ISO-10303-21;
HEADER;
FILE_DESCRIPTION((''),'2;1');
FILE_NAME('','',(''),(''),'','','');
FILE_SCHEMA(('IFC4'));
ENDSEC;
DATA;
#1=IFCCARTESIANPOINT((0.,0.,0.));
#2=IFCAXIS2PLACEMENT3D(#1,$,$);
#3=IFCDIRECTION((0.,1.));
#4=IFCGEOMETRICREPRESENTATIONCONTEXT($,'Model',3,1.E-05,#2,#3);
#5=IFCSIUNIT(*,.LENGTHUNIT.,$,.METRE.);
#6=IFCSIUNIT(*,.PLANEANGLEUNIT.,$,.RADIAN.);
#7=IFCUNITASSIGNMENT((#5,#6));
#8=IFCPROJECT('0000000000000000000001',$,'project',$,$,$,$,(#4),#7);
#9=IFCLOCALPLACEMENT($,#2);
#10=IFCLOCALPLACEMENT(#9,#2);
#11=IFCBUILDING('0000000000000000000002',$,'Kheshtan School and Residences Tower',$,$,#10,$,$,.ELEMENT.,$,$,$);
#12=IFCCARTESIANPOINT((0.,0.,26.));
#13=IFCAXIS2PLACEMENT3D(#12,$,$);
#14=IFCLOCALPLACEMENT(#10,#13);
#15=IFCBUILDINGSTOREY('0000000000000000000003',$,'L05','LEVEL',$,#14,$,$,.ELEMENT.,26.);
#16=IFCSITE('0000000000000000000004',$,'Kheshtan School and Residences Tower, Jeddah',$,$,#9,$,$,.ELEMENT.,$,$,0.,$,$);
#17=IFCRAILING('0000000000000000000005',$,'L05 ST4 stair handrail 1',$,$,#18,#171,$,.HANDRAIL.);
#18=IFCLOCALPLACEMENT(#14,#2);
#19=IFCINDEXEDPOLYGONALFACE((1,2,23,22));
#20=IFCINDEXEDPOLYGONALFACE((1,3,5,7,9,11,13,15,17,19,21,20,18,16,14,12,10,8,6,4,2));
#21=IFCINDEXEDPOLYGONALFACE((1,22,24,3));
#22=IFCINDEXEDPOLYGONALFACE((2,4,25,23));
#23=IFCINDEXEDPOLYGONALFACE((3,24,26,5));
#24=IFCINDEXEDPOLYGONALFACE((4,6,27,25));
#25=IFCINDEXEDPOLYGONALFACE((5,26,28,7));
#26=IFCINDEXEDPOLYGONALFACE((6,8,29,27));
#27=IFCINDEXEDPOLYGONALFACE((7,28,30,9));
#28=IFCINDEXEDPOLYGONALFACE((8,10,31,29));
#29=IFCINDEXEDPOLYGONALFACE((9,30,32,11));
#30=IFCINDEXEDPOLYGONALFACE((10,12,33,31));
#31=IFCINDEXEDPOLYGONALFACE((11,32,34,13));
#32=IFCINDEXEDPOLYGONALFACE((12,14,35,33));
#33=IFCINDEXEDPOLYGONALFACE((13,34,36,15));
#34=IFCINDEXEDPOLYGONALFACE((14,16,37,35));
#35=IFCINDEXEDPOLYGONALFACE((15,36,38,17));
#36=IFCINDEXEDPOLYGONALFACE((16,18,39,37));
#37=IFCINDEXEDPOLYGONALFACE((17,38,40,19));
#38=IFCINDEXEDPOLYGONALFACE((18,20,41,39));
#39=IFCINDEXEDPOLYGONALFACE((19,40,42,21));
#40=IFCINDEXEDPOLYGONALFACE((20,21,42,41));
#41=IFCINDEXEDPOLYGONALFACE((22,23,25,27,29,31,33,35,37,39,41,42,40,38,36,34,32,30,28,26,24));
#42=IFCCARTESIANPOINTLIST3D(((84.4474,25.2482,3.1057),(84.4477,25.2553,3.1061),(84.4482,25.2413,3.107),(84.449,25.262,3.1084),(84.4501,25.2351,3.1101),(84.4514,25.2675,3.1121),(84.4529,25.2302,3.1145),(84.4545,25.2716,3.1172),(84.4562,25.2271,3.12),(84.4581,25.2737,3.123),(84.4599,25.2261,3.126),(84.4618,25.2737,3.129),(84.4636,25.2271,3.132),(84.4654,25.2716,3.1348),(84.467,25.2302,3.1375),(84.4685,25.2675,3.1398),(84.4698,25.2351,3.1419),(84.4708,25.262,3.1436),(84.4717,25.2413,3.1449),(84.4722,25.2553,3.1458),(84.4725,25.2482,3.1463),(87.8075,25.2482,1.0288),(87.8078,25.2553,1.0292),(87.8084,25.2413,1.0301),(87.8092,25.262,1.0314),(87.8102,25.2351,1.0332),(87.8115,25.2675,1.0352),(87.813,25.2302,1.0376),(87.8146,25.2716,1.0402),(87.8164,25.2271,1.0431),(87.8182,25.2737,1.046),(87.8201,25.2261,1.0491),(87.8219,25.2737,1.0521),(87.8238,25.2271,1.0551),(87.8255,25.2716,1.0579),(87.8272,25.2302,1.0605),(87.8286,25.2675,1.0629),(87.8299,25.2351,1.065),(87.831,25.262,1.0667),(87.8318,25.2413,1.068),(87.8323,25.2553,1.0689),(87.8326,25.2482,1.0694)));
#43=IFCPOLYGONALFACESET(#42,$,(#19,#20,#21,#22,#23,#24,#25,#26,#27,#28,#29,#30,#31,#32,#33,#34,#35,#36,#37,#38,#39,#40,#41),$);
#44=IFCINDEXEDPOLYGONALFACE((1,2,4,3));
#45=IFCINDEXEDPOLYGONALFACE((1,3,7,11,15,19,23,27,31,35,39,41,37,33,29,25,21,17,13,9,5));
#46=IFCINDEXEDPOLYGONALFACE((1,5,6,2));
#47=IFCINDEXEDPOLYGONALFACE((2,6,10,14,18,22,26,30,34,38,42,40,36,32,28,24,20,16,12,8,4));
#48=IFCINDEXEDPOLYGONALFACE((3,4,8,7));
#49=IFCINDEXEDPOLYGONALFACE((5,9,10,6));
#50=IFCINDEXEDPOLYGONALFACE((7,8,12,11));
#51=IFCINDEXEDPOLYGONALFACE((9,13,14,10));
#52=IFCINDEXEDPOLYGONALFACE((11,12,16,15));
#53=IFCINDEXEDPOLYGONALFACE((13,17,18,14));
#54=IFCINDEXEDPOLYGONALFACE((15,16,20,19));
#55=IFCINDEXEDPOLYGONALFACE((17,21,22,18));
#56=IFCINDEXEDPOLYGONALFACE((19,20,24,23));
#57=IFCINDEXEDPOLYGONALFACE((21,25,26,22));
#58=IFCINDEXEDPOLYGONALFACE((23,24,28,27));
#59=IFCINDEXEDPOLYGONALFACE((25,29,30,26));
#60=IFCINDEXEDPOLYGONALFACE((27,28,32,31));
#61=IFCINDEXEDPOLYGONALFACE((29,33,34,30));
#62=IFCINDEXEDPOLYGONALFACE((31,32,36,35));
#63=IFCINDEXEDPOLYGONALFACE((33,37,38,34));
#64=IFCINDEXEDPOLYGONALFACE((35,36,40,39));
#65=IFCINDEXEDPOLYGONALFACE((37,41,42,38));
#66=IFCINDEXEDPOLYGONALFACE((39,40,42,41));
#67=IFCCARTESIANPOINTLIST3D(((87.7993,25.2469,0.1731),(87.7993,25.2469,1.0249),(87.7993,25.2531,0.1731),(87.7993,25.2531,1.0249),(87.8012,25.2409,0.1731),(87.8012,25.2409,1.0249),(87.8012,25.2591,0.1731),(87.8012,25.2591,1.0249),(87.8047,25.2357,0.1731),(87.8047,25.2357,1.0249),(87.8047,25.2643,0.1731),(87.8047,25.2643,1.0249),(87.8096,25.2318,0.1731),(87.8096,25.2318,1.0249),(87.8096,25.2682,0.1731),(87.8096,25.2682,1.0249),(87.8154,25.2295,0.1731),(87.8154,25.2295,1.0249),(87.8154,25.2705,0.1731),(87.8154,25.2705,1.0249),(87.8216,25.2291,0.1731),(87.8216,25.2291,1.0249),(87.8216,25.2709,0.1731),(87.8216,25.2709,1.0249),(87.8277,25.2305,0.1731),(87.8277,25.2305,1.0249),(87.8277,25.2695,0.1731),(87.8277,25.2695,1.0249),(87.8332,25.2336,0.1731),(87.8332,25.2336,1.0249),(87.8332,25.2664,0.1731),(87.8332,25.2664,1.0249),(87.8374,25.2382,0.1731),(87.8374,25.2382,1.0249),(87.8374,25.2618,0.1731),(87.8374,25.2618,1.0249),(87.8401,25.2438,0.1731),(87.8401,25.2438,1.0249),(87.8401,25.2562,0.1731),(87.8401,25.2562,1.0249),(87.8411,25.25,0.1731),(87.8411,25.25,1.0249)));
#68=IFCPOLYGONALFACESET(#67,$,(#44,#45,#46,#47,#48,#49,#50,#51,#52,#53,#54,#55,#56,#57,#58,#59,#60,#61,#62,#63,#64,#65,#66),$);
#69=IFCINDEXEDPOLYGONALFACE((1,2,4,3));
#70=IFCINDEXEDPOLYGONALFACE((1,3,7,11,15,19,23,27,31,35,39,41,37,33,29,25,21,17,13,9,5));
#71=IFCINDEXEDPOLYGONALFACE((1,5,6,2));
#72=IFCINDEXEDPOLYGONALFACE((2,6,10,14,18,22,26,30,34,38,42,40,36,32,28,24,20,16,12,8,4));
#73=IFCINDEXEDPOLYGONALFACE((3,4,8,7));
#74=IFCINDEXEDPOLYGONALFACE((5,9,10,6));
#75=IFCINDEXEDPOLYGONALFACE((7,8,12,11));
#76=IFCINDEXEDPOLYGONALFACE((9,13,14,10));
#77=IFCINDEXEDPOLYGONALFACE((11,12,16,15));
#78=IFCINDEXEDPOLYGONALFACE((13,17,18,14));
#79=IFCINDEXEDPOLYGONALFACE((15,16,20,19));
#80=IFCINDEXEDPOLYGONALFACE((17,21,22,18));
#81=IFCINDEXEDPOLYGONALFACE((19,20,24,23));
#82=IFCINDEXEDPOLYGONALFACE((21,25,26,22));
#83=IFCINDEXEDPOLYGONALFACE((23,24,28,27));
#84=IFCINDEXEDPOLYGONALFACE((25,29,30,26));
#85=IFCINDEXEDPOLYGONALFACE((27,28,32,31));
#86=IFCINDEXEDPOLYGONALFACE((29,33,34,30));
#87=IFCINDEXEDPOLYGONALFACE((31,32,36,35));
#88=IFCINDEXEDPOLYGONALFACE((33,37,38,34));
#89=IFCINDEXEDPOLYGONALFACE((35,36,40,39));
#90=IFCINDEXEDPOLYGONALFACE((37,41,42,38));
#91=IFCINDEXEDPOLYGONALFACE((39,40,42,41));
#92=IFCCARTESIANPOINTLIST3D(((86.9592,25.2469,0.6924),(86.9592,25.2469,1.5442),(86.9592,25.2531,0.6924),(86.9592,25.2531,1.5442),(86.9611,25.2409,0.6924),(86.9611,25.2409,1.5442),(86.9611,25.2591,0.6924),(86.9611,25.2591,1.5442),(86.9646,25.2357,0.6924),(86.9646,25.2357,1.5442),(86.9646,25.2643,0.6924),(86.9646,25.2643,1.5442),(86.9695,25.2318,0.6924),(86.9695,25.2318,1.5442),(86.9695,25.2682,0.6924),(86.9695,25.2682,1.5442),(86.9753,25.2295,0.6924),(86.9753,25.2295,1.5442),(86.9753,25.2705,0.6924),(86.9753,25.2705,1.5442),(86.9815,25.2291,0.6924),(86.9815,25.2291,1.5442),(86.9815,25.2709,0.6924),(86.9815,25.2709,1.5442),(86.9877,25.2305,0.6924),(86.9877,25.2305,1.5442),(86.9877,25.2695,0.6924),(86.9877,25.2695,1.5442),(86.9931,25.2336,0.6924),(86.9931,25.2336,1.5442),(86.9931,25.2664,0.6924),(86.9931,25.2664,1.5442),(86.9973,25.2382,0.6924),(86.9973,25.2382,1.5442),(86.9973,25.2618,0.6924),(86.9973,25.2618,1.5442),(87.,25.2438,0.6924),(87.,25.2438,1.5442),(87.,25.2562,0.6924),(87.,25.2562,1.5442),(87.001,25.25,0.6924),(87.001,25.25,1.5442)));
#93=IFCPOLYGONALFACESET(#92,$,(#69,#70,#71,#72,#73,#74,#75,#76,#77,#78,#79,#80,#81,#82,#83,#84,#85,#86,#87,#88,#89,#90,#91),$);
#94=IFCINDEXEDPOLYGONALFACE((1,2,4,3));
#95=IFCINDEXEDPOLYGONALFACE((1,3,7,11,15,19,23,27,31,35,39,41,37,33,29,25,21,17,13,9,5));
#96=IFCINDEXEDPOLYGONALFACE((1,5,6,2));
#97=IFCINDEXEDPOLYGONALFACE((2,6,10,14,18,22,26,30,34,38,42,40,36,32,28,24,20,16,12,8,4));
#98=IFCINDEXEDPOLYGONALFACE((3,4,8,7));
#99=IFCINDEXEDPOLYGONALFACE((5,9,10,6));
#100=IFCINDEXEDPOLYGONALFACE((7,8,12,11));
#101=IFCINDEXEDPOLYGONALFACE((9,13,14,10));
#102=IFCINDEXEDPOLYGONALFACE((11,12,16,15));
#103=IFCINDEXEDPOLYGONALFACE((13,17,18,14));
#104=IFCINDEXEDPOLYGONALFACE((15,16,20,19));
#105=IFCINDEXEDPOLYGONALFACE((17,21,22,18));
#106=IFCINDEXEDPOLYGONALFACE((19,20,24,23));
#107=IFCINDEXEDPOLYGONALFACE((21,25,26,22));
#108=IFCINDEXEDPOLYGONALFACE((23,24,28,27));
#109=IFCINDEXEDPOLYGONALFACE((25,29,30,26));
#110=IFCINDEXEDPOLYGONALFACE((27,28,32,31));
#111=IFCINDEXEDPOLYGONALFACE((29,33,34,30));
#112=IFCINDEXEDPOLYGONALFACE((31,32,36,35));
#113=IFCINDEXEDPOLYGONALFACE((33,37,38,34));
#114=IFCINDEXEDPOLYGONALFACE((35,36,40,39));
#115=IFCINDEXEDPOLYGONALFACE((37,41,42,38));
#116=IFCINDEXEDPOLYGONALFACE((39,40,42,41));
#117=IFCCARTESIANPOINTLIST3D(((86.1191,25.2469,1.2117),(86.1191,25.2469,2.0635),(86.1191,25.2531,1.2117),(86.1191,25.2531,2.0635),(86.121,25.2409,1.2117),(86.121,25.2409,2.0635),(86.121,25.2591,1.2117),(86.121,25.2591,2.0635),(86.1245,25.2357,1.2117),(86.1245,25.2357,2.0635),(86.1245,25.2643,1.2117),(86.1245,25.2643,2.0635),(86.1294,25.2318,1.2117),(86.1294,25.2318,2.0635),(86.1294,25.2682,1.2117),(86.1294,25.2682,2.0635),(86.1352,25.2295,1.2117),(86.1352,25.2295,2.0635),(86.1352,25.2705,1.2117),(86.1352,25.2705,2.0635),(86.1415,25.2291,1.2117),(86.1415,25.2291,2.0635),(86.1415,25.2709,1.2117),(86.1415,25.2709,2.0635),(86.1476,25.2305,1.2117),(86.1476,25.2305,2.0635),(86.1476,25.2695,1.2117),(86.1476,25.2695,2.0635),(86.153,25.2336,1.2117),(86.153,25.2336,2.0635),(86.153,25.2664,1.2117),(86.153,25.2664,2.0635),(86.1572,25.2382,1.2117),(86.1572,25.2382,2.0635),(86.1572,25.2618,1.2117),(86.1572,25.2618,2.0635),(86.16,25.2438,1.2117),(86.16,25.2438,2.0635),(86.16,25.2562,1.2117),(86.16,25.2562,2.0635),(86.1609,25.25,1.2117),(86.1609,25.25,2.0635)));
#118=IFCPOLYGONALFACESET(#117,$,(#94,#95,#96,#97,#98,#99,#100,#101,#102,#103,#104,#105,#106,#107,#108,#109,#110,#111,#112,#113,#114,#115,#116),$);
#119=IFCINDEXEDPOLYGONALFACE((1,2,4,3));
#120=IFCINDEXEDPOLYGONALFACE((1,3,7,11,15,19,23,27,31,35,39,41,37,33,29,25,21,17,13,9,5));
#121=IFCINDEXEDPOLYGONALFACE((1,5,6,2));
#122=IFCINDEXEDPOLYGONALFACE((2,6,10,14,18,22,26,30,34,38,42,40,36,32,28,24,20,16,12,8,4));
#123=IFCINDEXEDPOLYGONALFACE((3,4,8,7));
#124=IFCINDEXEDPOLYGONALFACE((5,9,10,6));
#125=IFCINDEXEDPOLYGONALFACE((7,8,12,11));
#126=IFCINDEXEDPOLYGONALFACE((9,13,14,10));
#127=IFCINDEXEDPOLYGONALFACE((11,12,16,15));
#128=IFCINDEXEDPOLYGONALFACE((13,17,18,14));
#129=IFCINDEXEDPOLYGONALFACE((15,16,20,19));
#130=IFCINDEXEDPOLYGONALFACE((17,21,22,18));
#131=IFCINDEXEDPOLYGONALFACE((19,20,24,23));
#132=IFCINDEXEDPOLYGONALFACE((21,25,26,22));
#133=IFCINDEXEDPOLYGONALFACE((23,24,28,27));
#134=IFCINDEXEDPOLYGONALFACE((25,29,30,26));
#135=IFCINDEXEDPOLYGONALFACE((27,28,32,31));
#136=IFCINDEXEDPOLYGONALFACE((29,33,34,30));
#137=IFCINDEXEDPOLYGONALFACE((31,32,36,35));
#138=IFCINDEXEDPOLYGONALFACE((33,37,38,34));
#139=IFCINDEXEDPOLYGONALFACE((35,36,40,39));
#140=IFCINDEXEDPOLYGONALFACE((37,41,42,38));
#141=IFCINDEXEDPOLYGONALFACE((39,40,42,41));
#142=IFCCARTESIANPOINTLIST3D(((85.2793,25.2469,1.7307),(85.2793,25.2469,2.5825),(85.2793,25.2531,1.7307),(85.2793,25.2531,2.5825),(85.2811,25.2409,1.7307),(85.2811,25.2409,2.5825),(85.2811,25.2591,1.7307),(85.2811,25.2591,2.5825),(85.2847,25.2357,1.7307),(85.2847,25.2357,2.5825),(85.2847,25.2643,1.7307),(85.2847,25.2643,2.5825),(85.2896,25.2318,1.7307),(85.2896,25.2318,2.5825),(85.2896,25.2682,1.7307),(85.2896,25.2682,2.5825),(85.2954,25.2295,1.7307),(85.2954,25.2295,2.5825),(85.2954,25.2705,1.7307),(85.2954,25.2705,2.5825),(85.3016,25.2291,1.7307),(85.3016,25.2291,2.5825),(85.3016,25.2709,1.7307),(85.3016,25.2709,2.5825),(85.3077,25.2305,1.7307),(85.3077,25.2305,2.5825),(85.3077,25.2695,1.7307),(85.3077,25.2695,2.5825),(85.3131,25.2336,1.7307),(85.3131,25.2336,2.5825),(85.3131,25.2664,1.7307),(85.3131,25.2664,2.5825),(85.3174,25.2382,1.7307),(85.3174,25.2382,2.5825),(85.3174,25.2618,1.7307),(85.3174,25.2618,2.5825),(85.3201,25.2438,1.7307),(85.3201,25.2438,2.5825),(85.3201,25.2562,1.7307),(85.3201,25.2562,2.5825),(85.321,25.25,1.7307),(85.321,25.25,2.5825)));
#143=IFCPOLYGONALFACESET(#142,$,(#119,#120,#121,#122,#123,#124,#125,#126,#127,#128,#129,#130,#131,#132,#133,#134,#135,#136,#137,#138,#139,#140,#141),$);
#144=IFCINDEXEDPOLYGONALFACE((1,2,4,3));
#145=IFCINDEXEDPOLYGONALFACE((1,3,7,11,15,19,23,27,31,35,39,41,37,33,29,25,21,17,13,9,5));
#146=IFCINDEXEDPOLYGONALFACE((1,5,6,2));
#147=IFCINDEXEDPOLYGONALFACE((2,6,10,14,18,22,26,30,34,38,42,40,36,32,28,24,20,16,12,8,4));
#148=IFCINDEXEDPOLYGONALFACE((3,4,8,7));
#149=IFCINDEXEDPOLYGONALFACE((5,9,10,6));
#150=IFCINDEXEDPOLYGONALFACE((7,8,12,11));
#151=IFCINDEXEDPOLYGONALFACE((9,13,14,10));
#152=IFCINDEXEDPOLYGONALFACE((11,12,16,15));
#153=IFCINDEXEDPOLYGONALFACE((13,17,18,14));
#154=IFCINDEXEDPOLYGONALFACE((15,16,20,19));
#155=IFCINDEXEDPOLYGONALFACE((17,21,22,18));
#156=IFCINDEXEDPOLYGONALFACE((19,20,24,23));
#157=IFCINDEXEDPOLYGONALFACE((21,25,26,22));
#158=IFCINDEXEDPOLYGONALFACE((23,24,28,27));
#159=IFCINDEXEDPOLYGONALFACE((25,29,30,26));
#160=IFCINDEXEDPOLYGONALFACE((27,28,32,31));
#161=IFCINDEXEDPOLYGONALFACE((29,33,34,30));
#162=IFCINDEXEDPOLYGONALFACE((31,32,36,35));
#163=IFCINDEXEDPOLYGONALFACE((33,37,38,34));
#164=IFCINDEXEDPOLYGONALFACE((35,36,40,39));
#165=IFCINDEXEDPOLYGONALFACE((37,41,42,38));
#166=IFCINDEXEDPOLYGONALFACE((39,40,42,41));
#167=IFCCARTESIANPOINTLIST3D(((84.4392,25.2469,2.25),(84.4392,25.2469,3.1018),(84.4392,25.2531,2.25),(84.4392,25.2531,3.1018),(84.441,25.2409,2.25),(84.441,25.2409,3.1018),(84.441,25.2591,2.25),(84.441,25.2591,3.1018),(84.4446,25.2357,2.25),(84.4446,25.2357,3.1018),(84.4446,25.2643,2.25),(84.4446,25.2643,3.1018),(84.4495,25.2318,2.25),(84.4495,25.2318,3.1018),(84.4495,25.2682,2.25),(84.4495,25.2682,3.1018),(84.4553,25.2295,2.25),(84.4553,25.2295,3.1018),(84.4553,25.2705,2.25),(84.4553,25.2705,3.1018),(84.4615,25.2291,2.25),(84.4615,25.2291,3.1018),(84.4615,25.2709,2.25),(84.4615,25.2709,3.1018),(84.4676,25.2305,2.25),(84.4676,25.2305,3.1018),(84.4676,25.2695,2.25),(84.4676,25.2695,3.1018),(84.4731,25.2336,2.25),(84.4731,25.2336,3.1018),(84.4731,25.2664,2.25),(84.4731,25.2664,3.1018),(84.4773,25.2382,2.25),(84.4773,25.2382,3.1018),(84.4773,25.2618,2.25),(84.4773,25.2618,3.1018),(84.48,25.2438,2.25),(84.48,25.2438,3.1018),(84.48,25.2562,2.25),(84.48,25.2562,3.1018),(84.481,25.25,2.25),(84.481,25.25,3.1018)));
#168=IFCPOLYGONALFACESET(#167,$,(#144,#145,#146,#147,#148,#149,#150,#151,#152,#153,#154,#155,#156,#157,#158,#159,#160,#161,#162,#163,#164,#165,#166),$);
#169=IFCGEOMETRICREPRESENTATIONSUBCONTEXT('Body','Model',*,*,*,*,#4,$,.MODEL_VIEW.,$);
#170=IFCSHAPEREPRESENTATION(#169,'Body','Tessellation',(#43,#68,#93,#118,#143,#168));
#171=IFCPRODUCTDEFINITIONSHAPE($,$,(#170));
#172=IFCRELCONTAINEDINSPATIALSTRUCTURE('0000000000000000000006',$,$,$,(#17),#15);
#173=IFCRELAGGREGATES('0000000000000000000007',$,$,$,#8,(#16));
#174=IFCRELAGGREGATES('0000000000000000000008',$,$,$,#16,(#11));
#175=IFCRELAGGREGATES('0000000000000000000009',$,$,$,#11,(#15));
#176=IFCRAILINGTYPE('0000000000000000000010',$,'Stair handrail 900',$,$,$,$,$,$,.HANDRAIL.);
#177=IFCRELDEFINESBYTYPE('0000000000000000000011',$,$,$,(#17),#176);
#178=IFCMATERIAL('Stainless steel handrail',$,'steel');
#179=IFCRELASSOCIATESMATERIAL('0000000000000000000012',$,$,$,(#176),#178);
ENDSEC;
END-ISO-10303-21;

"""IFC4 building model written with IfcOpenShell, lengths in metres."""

from ifc_helpers import new_model, si_unit, direction, frame, origin, origin_2d, place, context, subcontext, project, spatial, circle, extrude, material, type_object, element, save


model = new_model("IFC4")

# Units and contexts
model_context = context("Model", 3, precision=1e-05, world=origin(), true_north=direction((0.0, 1.0)))
body_context = subcontext(model_context, "Body", "Model", "MODEL_VIEW")
ifc_project = project(units=[si_unit("LENGTHUNIT", "METRE"), si_unit("PLANEANGLEUNIT", "RADIAN")], contexts=[model_context])

# Site, building, storey
site_placement = place(None, origin())
site = spatial("IfcSite", under=ifc_project, at=site_placement, Name="Kheshtan School and Residences Tower, Jeddah", CompositionType="ELEMENT", RefElevation=0.0)
building_placement = place(site_placement, origin())
building = spatial("IfcBuilding", under=site, at=building_placement, Name="Kheshtan School and Residences Tower", CompositionType="ELEMENT")
storey_placement = place(building_placement, frame((0.0, 0.0, 26.0)))
storey = spatial("IfcBuildingStorey", under=building, at=storey_placement, Name="L05", Description="LEVEL", CompositionType="ELEMENT", Elevation=26.0)

# Railing
ifc_material_1 = material(Name="Stainless steel handrail", Category="steel")
railing_type_1 = type_object("IfcRailingType", Name="Stair handrail 900", PredefinedType="HANDRAIL", material=ifc_material_1)
railing_1_placement = place(storey_placement, frame((87.8201, 25.25, 0.1731)))
element("IfcRailing", 1, at=railing_1_placement, inside=storey, type_object=railing_type_1, Name="L05 ST4 stair handrail 1", PredefinedType="HANDRAIL", context=body_context, shape_type="SweptSolid", body=[
    extrude(circle(Radius=0.0239, at=origin_2d()), frame((0.0, 0.0, 0.876), z_axis=(-0.850623, 0.0, 0.525776), x_axis=(0.0, -1.0, 0.0)), (0.0, 0.0, 1.0), 3.9502),
    extrude(circle(Radius=0.021, at=origin_2d()), origin(), (0.0, 0.0, 1.0), 0.8518),
    extrude(circle(Radius=0.021, at=origin_2d()), frame((-0.8401, 0.0, 0.5193)), (0.0, 0.0, 1.0), 0.8518),
    extrude(circle(Radius=0.021, at=origin_2d()), frame((-1.6802, 0.0, 1.0386)), (0.0, 0.0, 1.0), 0.8518),
    extrude(circle(Radius=0.021, at=origin_2d()), frame((-2.52, 0.0, 1.5576)), (0.0, 0.0, 1.0), 0.8518),
    extrude(circle(Radius=0.021, at=origin_2d()), frame((-3.3601, 0.0, 2.0769)), (0.0, 0.0, 1.0), 0.8518),
])

save(model, "model.ifc")
